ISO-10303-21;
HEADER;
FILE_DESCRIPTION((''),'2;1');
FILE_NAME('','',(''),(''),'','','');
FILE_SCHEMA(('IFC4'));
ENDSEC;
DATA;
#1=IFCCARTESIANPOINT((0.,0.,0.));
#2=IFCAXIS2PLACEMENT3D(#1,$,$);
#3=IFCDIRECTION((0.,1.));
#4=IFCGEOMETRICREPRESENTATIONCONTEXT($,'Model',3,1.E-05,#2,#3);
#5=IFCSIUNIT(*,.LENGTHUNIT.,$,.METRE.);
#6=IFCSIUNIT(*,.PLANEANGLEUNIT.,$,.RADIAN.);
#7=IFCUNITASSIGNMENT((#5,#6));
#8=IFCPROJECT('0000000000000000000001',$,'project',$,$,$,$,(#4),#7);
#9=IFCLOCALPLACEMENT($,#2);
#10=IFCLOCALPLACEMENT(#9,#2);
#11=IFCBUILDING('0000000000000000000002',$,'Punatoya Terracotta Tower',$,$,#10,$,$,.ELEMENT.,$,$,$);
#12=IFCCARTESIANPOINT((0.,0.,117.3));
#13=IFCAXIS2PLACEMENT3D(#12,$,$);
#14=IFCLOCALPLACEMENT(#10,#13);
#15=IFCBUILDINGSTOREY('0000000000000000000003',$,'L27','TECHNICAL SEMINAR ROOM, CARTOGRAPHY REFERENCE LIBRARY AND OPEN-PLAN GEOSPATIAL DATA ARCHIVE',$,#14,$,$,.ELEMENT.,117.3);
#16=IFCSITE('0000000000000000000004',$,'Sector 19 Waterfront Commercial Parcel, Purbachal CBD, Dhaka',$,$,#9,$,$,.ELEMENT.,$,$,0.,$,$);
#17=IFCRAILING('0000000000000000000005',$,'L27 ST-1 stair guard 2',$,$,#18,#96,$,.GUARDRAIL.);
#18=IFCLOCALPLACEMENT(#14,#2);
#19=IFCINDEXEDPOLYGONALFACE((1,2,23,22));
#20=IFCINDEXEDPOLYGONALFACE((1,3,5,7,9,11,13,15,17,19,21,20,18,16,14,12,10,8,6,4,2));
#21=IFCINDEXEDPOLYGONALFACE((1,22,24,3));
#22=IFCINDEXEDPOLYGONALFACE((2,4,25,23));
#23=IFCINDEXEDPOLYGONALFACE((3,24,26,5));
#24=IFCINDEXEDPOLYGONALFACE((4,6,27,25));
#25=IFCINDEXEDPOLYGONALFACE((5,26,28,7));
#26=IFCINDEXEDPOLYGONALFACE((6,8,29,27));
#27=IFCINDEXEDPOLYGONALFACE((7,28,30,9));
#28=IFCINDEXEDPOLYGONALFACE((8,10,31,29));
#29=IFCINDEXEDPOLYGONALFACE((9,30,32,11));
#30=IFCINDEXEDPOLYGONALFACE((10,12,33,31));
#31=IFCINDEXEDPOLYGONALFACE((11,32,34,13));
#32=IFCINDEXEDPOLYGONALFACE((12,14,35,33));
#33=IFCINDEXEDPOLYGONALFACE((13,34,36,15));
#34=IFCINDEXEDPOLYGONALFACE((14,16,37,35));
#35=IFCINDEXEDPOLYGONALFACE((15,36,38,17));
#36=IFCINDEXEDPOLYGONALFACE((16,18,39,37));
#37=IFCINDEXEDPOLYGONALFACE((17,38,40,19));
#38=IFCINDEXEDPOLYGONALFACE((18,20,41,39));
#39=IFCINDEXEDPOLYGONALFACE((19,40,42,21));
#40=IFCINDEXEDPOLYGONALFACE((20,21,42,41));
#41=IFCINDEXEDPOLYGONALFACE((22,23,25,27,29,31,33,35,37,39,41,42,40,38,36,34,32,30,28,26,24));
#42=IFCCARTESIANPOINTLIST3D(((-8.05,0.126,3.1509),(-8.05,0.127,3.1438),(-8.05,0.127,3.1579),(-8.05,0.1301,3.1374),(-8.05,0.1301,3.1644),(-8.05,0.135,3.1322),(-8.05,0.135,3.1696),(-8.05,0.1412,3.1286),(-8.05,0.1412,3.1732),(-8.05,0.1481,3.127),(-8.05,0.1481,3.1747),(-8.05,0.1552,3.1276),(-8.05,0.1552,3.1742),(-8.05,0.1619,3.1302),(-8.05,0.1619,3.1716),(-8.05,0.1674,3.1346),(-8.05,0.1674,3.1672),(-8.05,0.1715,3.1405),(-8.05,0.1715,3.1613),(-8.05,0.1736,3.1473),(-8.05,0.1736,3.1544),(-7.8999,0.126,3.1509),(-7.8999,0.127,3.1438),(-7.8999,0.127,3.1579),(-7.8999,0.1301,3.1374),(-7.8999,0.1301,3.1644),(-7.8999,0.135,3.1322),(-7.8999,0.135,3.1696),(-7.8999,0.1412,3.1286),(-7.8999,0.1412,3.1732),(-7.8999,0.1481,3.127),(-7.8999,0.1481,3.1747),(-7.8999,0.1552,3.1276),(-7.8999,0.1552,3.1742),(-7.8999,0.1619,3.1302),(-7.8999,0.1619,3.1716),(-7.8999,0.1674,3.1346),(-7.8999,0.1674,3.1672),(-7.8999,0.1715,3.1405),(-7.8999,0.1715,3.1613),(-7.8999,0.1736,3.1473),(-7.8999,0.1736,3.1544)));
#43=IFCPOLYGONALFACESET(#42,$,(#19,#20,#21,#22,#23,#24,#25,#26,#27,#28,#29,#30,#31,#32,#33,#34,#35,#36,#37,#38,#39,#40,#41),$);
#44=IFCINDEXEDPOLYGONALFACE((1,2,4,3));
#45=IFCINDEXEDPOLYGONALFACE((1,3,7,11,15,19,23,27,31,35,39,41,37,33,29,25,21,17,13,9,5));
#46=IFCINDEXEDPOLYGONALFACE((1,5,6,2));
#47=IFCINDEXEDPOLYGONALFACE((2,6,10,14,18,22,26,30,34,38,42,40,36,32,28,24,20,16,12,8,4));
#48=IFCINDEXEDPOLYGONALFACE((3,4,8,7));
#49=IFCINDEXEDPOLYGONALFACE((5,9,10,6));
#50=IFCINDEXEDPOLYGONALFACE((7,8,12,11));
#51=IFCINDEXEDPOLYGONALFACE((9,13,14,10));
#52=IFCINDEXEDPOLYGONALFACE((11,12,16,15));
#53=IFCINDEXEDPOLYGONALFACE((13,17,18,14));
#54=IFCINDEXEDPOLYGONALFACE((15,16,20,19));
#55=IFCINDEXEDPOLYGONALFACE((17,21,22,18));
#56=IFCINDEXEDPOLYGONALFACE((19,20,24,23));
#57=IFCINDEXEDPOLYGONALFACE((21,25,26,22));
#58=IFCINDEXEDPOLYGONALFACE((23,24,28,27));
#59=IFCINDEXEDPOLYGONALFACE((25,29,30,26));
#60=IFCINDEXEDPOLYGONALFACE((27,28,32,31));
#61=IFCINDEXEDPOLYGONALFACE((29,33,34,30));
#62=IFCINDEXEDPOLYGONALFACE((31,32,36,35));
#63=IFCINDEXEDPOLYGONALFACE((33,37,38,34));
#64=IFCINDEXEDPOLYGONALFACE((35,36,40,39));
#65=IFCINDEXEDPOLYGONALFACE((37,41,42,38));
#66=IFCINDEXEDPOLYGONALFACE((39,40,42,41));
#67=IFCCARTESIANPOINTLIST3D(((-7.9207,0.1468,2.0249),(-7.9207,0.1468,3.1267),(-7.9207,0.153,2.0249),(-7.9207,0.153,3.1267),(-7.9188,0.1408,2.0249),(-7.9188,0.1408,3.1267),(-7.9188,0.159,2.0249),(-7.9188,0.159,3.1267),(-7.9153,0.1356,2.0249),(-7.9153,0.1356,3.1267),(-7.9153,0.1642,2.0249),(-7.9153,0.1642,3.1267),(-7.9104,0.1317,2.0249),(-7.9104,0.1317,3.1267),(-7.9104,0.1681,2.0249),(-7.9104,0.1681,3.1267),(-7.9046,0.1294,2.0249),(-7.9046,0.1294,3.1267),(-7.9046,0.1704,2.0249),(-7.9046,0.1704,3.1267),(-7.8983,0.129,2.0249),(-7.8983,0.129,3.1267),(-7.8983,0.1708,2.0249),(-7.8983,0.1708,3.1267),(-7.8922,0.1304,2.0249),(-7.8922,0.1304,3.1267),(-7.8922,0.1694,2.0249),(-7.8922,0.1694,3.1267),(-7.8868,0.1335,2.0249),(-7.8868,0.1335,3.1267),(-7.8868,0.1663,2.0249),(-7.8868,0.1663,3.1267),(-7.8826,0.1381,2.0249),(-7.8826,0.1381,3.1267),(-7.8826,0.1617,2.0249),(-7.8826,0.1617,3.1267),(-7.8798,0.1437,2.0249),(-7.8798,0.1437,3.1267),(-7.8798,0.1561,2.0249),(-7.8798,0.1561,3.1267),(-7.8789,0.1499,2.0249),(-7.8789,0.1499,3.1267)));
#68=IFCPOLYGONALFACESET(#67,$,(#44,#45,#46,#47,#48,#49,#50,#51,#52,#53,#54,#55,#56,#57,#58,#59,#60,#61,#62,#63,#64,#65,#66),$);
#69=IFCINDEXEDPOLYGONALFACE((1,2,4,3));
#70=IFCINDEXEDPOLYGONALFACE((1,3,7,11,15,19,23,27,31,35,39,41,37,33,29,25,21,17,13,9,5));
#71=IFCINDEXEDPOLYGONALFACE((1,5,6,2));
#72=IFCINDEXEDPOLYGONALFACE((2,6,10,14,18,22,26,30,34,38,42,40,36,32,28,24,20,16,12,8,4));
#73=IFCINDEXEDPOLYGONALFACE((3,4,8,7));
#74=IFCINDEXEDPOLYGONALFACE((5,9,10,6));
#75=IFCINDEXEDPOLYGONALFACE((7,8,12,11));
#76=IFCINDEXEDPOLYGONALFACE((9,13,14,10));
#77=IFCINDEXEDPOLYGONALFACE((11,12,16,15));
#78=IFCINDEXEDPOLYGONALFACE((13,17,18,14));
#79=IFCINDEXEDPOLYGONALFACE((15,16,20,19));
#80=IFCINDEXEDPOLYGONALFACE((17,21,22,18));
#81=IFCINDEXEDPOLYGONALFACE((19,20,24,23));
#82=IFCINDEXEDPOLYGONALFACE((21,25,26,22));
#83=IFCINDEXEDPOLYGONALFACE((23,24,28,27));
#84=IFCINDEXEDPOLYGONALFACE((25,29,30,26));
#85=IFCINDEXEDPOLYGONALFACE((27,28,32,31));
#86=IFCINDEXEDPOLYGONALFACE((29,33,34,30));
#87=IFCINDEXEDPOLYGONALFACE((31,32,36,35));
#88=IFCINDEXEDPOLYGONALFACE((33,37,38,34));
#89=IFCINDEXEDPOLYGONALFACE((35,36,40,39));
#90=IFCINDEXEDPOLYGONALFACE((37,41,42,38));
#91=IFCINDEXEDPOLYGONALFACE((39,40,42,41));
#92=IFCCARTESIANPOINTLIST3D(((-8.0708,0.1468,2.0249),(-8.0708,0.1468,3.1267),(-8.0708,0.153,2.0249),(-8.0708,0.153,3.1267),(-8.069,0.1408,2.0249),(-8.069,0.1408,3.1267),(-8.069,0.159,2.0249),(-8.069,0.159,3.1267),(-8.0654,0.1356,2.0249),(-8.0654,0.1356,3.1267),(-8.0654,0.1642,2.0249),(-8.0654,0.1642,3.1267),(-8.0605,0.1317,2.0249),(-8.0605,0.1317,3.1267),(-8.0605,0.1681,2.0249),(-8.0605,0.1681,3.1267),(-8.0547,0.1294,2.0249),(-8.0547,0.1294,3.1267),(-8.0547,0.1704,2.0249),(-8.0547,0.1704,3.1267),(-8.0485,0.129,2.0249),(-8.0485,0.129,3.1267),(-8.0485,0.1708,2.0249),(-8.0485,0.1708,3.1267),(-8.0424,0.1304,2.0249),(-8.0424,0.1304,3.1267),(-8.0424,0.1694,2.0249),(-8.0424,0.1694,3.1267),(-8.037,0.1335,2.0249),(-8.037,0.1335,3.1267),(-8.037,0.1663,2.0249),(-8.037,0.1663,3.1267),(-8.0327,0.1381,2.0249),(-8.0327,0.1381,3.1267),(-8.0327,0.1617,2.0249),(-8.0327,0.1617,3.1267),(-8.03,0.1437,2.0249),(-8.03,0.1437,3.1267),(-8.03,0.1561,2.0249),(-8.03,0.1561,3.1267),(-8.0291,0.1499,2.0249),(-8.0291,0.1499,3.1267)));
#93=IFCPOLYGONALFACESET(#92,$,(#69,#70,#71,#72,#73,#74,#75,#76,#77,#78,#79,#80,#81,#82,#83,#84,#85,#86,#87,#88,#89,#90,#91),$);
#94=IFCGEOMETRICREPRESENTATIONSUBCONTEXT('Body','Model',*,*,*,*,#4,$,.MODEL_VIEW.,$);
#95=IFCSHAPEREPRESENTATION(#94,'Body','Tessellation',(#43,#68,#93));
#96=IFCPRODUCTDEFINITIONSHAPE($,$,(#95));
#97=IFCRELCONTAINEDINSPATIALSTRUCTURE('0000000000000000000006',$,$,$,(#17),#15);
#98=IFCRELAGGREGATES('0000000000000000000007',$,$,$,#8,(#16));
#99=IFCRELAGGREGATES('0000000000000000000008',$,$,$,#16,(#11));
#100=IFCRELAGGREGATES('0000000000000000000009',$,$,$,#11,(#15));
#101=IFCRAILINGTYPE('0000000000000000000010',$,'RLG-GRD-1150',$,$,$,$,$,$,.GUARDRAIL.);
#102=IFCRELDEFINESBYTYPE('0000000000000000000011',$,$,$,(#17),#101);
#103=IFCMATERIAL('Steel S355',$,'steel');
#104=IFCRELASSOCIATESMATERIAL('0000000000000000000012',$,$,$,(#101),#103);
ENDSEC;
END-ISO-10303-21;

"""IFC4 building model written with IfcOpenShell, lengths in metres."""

from ifc_helpers import new_model, si_unit, direction, frame, origin, origin_2d, place, context, subcontext, project, spatial, circle, extrude, material, type_object, element, save


model = new_model("IFC4")

# Units and contexts
model_context = context("Model", 3, precision=1e-05, world=origin(), true_north=direction((0.0, 1.0)))
body_context = subcontext(model_context, "Body", "Model", "MODEL_VIEW")
ifc_project = project(units=[si_unit("LENGTHUNIT", "METRE"), si_unit("PLANEANGLEUNIT", "RADIAN")], contexts=[model_context])

# Site, building, storey
site_placement = place(None, origin())
site = spatial("IfcSite", under=ifc_project, at=site_placement, Name="Sector 19 Waterfront Commercial Parcel, Purbachal CBD, Dhaka", CompositionType="ELEMENT", RefElevation=0.0)
building_placement = place(site_placement, origin())
building = spatial("IfcBuilding", under=site, at=building_placement, Name="Punatoya Terracotta Tower", CompositionType="ELEMENT")
storey_placement = place(building_placement, frame((0.0, 0.0, 117.3)))
storey = spatial("IfcBuildingStorey", under=building, at=storey_placement, Name="L27", Description="TECHNICAL SEMINAR ROOM, CARTOGRAPHY REFERENCE LIBRARY AND OPEN-PLAN GEOSPATIAL DATA ARCHIVE", CompositionType="ELEMENT", Elevation=117.3)

# Railing
ifc_material_1 = material(Name="Steel S355", Category="steel")
railing_type_1 = type_object("IfcRailingType", Name="RLG-GRD-1150", PredefinedType="GUARDRAIL", material=ifc_material_1)
railing_1_placement = place(storey_placement, frame((-7.8999, 0.1499, 2.0249)))
element("IfcRailing", 1, at=railing_1_placement, inside=storey, type_object=railing_type_1, Name="L27 ST-1 stair guard 2", PredefinedType="GUARDRAIL", context=body_context, shape_type="SweptSolid", body=[
    extrude(circle(Radius=0.0239, at=origin_2d()), frame((0.0, 0.0, 1.126), z_axis=(-1.0, 0.0, 0.0), x_axis=(0.0, -1.0, 0.0)), (0.0, 0.0, 1.0), 0.1501),
    extrude(circle(Radius=0.021, at=origin_2d()), origin(), (0.0, 0.0, 1.0), 1.1018),
    extrude(circle(Radius=0.021, at=origin_2d()), frame((-0.1501, 0.0, 0.0)), (0.0, 0.0, 1.0), 1.1018),
])

save(model, "model.ifc")
